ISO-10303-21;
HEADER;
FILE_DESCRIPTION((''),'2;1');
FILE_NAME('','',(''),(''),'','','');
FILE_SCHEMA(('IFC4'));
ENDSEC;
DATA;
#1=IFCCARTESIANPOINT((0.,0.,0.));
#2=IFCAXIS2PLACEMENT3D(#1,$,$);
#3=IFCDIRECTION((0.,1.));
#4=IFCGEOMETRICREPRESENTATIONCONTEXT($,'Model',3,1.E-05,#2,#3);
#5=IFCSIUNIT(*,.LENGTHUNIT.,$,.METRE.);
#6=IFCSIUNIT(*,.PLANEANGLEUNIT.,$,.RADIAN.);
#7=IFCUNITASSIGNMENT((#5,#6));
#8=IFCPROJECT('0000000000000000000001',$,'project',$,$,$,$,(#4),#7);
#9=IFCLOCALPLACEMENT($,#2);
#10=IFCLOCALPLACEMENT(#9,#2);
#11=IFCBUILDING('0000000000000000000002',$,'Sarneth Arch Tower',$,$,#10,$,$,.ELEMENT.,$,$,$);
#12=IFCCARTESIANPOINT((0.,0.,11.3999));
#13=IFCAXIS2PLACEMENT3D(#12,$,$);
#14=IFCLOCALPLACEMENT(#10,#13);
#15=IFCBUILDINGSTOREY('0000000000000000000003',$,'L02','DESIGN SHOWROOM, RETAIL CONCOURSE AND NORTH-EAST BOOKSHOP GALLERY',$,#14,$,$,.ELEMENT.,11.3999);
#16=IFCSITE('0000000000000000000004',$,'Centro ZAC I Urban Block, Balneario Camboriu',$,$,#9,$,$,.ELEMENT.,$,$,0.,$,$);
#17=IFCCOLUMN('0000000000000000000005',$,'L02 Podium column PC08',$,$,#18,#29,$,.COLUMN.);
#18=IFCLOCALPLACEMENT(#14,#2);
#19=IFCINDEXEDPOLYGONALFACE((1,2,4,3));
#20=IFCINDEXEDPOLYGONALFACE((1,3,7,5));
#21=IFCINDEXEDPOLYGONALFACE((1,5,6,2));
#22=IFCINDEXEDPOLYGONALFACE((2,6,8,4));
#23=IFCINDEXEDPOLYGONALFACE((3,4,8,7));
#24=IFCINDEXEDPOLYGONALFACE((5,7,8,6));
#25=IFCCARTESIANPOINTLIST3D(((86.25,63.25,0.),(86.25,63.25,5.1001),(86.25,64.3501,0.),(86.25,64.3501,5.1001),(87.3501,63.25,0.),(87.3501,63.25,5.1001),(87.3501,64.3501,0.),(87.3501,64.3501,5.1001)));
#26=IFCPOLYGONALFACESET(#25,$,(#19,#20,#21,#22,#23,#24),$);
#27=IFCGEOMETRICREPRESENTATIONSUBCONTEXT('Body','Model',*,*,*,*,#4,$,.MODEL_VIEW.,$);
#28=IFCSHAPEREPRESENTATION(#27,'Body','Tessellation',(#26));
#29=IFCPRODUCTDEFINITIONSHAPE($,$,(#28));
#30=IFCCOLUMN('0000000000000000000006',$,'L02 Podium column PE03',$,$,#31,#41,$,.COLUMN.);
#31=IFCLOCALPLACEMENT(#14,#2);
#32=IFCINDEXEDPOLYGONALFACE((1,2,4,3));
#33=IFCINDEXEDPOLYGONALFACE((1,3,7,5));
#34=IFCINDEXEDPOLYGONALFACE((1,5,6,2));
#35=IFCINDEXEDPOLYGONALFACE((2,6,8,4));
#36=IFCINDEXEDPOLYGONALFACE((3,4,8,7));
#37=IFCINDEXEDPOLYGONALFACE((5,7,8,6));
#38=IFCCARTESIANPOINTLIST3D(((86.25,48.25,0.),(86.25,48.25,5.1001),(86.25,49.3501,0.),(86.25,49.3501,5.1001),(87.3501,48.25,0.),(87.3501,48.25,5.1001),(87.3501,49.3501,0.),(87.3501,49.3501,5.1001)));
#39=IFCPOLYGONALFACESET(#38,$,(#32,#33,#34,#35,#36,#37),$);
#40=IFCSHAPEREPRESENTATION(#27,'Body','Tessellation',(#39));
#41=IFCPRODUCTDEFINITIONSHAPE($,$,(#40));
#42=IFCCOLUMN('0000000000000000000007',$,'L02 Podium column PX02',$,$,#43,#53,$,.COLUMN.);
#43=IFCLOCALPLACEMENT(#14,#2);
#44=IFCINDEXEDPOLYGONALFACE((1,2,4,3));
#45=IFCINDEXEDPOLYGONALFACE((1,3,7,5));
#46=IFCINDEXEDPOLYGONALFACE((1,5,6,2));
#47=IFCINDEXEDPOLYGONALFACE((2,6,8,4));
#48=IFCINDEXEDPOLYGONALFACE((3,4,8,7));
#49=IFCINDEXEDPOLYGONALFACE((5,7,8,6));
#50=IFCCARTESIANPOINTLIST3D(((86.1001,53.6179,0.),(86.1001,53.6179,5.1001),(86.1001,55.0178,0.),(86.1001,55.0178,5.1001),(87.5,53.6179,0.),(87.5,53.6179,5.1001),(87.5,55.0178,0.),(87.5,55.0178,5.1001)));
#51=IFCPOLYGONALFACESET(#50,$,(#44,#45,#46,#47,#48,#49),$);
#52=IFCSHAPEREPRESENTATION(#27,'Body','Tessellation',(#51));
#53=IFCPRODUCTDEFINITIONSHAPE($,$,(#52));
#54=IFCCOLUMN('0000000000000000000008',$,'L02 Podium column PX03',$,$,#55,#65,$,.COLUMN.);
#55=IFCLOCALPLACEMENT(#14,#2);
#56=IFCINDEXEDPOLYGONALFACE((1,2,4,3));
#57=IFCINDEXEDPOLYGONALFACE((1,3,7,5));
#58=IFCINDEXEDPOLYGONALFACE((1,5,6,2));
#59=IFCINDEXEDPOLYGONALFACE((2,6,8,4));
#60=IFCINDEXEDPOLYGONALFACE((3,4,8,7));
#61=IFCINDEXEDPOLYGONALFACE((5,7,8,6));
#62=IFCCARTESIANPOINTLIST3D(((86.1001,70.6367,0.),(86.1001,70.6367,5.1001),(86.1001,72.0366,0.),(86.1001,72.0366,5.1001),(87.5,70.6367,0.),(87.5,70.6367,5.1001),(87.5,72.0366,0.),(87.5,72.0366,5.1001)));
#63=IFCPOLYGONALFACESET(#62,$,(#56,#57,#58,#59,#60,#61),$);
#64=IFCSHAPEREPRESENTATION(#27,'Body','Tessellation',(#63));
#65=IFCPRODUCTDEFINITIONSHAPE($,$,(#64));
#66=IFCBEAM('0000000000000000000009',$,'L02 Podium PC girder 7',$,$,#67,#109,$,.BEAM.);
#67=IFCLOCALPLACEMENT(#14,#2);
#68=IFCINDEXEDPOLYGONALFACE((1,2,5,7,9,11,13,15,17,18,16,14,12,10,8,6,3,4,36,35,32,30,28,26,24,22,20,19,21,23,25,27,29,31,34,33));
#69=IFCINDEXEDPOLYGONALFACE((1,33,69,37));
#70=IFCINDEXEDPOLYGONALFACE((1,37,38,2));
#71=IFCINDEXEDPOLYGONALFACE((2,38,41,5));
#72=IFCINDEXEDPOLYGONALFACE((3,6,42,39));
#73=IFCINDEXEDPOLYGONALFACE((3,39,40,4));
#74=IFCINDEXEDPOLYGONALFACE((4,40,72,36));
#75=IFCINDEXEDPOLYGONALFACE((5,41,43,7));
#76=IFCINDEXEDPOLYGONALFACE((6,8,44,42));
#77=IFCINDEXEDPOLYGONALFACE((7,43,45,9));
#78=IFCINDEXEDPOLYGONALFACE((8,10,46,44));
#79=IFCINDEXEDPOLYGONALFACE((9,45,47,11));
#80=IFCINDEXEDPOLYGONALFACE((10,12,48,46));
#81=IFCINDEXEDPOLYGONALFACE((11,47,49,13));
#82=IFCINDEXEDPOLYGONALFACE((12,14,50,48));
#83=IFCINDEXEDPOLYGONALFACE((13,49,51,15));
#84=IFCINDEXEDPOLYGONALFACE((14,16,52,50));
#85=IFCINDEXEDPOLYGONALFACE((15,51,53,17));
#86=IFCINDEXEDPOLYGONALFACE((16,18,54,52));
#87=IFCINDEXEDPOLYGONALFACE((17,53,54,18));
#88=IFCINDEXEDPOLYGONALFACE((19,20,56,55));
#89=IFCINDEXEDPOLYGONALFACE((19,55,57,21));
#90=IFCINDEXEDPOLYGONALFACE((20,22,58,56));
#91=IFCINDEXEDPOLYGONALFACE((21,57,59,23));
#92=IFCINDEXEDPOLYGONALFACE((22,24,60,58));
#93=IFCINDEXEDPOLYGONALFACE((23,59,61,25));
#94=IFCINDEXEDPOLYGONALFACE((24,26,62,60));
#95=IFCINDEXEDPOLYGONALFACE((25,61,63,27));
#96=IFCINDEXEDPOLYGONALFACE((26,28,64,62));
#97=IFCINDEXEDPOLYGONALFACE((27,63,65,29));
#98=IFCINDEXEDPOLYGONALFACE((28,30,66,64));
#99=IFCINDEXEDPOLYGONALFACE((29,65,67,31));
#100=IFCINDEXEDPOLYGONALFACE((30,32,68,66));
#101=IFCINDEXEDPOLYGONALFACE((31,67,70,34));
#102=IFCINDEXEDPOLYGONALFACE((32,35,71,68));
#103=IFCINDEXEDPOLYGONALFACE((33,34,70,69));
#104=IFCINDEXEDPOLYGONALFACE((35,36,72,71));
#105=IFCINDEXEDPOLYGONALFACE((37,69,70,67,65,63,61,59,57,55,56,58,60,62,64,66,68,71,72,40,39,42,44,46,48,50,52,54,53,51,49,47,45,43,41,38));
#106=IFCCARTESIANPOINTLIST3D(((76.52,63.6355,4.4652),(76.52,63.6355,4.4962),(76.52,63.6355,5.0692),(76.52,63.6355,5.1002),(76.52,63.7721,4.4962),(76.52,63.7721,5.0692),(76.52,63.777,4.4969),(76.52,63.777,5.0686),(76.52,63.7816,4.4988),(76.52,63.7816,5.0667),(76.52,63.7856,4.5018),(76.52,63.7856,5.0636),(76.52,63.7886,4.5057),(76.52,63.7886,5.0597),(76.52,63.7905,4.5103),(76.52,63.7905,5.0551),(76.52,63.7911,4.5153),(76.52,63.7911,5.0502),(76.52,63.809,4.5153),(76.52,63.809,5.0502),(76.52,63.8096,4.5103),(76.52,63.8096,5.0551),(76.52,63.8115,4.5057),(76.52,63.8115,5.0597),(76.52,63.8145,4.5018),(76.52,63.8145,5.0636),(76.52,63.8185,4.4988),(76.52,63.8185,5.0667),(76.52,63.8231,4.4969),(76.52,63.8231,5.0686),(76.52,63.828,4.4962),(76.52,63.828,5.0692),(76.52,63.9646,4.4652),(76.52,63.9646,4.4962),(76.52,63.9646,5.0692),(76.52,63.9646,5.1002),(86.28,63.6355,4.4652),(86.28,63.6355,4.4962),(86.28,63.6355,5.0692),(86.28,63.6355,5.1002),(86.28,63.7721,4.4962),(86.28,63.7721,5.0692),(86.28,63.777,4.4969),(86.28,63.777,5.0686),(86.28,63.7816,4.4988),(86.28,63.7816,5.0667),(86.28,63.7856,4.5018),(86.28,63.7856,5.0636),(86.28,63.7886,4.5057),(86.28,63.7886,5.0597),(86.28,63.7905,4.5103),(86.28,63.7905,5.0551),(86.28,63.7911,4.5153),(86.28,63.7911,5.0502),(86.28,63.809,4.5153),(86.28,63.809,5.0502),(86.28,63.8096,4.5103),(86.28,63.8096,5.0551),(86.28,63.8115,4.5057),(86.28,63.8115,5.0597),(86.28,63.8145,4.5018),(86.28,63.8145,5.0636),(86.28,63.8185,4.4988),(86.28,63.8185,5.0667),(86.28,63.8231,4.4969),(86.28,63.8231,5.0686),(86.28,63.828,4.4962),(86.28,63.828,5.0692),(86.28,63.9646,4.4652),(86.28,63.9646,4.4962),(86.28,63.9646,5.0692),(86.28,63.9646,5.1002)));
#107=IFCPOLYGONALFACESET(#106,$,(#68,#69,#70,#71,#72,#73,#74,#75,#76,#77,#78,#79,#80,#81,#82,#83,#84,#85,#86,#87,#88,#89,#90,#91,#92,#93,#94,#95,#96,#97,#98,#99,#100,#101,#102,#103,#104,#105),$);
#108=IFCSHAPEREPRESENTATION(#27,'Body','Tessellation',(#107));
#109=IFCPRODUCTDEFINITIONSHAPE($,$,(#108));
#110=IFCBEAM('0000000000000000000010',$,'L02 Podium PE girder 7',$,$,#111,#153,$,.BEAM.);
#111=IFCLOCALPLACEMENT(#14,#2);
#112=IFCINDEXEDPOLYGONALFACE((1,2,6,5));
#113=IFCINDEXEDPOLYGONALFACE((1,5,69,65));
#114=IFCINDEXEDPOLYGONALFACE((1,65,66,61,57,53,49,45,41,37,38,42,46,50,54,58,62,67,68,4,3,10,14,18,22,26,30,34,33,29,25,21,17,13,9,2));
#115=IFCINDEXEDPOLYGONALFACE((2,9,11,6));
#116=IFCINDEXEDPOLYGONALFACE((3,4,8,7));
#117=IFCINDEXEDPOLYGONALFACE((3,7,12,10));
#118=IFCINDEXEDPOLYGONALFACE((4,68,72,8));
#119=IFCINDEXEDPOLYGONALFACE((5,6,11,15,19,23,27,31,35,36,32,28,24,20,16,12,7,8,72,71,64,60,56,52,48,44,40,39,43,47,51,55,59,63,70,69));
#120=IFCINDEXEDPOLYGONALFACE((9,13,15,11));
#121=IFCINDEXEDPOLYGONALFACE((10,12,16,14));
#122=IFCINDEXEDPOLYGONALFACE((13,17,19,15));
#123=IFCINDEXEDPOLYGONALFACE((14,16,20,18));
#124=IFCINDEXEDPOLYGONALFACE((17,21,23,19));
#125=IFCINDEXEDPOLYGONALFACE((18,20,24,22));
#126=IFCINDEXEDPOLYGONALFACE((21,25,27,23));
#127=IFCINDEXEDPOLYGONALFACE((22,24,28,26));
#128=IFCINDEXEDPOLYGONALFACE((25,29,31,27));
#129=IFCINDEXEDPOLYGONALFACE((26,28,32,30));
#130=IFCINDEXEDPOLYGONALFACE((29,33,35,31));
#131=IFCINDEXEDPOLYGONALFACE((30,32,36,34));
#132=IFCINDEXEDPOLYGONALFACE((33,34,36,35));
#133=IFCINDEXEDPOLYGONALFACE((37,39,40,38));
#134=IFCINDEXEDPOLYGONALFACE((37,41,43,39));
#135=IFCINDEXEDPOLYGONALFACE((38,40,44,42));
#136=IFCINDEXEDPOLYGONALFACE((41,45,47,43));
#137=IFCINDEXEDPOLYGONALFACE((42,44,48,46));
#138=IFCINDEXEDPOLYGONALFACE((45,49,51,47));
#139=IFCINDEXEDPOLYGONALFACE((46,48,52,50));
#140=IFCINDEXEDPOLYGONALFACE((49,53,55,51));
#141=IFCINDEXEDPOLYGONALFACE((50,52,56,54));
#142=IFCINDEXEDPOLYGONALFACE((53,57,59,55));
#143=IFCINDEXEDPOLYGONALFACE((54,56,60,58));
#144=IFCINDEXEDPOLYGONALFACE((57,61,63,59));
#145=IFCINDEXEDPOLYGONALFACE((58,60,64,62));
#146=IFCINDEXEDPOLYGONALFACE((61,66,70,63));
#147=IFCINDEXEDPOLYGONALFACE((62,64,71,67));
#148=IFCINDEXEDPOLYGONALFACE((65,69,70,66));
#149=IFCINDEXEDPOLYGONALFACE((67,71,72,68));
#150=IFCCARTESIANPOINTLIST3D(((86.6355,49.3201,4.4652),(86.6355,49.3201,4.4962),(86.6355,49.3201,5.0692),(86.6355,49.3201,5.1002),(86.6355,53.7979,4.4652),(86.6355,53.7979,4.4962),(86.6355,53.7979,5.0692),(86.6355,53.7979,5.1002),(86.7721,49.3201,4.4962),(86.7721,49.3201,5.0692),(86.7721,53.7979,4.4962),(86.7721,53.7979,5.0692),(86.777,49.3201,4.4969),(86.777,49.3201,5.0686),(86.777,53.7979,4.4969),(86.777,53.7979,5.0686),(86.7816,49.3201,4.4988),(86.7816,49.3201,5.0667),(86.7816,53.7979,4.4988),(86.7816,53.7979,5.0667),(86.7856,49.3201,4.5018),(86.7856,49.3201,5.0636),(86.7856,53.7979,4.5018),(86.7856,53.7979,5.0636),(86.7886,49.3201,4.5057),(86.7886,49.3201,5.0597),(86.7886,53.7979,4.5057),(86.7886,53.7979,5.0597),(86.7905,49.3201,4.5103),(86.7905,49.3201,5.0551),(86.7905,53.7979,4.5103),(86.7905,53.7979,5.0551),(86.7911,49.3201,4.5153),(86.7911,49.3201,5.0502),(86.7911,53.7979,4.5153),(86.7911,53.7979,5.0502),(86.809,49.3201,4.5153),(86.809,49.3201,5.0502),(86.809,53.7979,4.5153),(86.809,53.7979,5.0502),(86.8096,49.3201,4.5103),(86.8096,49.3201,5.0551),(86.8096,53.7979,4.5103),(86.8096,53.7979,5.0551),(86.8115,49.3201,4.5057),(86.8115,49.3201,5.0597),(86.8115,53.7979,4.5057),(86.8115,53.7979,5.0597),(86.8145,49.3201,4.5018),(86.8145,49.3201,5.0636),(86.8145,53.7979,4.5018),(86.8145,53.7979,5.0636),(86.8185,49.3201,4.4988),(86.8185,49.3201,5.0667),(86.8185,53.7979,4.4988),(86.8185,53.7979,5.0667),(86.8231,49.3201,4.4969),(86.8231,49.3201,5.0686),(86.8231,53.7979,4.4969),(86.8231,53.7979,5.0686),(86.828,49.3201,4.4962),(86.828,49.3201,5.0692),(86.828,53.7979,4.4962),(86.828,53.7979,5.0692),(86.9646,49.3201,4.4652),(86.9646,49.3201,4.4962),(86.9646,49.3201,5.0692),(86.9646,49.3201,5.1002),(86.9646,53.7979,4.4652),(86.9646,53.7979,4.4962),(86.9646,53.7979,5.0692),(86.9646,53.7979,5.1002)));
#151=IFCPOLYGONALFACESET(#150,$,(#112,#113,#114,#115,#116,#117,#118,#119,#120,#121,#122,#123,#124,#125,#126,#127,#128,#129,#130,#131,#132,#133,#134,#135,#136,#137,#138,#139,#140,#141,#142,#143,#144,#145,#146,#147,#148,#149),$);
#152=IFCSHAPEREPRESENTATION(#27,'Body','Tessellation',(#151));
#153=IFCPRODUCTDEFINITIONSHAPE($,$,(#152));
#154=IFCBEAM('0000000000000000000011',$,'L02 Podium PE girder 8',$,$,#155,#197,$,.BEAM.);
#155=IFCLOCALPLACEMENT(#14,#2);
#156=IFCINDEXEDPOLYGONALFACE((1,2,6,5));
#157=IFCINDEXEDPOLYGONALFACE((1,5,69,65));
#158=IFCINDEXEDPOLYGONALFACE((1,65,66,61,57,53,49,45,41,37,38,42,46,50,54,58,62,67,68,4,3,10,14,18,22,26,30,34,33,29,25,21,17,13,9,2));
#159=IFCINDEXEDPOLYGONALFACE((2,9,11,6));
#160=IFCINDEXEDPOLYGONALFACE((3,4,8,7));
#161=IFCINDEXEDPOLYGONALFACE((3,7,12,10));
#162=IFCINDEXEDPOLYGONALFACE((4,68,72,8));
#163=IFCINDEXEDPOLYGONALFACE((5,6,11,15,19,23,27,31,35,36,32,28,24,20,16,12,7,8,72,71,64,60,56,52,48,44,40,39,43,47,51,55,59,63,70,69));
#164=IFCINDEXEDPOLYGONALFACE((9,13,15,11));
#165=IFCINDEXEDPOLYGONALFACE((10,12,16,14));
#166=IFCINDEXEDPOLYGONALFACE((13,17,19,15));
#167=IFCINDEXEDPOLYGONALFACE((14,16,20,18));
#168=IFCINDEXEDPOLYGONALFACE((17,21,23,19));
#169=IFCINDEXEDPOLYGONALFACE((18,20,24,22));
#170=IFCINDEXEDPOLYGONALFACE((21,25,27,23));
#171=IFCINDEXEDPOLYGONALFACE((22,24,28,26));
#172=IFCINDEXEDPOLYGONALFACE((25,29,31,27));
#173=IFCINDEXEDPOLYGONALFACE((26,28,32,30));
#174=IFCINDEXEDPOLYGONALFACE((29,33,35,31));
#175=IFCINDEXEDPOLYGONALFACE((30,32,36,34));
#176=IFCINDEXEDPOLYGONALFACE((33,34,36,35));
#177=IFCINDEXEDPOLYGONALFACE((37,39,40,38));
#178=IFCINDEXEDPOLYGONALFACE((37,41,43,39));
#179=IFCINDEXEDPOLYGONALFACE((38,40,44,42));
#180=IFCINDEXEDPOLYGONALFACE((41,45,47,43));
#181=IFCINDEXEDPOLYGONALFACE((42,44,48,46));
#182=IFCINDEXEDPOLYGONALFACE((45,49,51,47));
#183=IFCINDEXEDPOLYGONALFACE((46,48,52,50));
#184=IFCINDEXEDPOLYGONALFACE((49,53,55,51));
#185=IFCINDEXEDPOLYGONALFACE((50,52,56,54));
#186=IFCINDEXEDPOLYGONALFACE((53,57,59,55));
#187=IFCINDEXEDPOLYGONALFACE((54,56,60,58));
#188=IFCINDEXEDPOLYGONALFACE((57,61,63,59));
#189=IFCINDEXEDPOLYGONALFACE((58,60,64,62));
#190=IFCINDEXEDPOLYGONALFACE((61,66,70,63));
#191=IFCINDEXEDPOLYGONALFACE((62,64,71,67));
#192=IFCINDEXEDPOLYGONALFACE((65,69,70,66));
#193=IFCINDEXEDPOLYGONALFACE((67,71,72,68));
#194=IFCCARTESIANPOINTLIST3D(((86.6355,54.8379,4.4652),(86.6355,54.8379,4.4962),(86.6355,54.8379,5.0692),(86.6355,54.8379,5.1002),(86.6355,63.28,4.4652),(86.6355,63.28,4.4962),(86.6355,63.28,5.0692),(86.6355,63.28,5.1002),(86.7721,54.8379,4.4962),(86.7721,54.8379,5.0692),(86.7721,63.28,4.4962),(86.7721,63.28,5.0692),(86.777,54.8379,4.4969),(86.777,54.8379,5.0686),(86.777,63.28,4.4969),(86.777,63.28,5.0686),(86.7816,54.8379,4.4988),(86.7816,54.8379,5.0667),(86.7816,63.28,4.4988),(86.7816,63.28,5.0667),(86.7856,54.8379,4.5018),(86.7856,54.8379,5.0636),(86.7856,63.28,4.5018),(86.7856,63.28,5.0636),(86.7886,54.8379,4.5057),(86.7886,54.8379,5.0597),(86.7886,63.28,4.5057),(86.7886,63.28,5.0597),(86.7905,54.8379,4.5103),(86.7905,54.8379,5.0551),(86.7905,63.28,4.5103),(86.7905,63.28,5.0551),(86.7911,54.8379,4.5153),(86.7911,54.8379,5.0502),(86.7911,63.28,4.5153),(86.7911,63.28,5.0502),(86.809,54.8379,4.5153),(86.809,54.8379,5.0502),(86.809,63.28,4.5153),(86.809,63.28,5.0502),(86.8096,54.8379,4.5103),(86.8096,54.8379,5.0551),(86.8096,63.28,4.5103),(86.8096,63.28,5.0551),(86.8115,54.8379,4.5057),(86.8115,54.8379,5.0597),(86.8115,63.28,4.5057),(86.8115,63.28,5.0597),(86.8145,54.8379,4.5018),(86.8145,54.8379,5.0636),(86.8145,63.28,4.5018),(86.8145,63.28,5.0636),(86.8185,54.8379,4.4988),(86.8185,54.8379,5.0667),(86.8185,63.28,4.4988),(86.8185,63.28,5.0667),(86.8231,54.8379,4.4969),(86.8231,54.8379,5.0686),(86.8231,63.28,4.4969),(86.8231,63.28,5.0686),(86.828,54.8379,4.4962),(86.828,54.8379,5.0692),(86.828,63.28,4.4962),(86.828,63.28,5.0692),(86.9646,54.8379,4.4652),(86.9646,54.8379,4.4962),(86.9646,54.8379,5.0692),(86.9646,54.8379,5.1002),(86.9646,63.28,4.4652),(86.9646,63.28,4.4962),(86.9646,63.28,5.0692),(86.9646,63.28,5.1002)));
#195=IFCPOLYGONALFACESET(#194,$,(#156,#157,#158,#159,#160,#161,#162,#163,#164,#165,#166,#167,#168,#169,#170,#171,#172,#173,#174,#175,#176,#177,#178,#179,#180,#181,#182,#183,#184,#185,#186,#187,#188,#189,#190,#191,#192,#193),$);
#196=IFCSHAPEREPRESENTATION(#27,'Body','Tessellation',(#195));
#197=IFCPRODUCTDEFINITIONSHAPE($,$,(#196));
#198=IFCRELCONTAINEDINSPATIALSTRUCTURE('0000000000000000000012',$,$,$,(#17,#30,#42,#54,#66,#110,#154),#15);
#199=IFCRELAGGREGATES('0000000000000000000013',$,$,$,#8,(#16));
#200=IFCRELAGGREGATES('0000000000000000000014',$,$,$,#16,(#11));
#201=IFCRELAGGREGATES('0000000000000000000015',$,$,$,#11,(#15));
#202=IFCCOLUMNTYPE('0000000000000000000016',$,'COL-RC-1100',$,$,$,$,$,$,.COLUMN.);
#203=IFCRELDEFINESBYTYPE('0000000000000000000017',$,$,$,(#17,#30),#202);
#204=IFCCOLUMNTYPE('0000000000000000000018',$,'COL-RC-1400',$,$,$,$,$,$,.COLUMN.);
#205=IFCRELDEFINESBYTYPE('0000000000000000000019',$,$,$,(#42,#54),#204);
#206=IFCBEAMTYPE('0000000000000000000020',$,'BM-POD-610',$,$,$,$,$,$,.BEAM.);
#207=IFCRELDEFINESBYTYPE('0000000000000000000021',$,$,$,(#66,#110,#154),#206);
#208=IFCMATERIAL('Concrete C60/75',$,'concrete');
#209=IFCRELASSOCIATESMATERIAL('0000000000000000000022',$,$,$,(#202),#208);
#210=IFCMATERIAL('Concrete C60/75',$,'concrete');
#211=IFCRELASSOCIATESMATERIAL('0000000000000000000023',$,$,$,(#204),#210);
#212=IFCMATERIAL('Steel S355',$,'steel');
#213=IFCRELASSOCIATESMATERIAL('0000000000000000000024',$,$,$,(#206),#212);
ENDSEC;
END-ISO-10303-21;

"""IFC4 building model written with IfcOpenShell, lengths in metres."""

from ifc_helpers import new_model, si_unit, direction, frame, origin, origin_2d, place, context, subcontext, project, spatial, rectangle, i_section, extrude, material, material_profile, profile_set, type_object, element, save


model = new_model("IFC4")

# Units and contexts
model_context = context("Model", 3, precision=1e-05, world=origin(), true_north=direction((0.0, 1.0)))
body_context = subcontext(model_context, "Body", "Model", "MODEL_VIEW")
ifc_project = project(units=[si_unit("LENGTHUNIT", "METRE"), si_unit("PLANEANGLEUNIT", "RADIAN")], contexts=[model_context])

# Site, building, storey
site_placement = place(None, origin())
site = spatial("IfcSite", under=ifc_project, at=site_placement, Name="Centro ZAC I Urban Block, Balneario Camboriu", CompositionType="ELEMENT", RefElevation=0.0)
building_placement = place(site_placement, origin())
building = spatial("IfcBuilding", under=site, at=building_placement, Name="Sarneth Arch Tower", CompositionType="ELEMENT")
storey_placement = place(building_placement, frame((0.0, 0.0, 11.3999)))
storey = spatial("IfcBuildingStorey", under=building, at=storey_placement, Name="L02", Description="DESIGN SHOWROOM, RETAIL CONCOURSE AND NORTH-EAST BOOKSHOP GALLERY", CompositionType="ELEMENT", Elevation=11.3999)

# Columns
ifc_material_1 = material(Name="Concrete C60/75", Category="concrete")
ifc_material_profile_1 = material_profile(ifc_material_1, rectangle(XDim=1.1001, YDim=1.1001, at=origin_2d()), Name="RC-1100x1100")
ifc_profile_set_1 = profile_set([ifc_material_profile_1], Name="Concrete C60/75")
column_type_1 = type_object("IfcColumnType", Name="COL-RC-1100", PredefinedType="COLUMN", material=ifc_profile_set_1)
for number, where, z_axis, x_axis, name in (
    (1, (86.8, 63.8, 0.0), (0.0, 0.0, 1.0), (1.0, 0.0, 0.0), "L02 Podium column PC08"),
    (2, (86.8, 48.8, 0.0), (0.0, 0.0, 1.0), (1.0, 0.0, 0.0), "L02 Podium column PE03"),
):
    element("IfcColumn", number, at=place(storey_placement, frame(where, z_axis=z_axis, x_axis=x_axis)), inside=storey, type_object=column_type_1, Name=name, PredefinedType="COLUMN", context=body_context, shape_type="SweptSolid", body=[
        extrude(rectangle(XDim=1.1001, YDim=1.1001, at=origin_2d()), origin(), (0.0, 0.0, 1.0), 5.1001),
    ])
ifc_material_2 = material(Name="Concrete C60/75", Category="concrete")
ifc_material_profile_2 = material_profile(ifc_material_2, rectangle(XDim=1.3999, YDim=1.3999, at=origin_2d()), Name="RC-1400x1400")
ifc_profile_set_2 = profile_set([ifc_material_profile_2], Name="Concrete C60/75")
column_type_2 = type_object("IfcColumnType", Name="COL-RC-1400", PredefinedType="COLUMN", material=ifc_profile_set_2)
for number, where, z_axis, x_axis, name in (
    (3, (86.8, 54.3179, 0.0), (0.0, 0.0, 1.0), (1.0, 0.0, 0.0), "L02 Podium column PX02"),
    (4, (86.8, 71.3367, 0.0), (0.0, 0.0, 1.0), (1.0, 0.0, 0.0), "L02 Podium column PX03"),
):
    element("IfcColumn", number, at=place(storey_placement, frame(where, z_axis=z_axis, x_axis=x_axis)), inside=storey, type_object=column_type_2, Name=name, PredefinedType="COLUMN", context=body_context, shape_type="SweptSolid", body=[
        extrude(rectangle(XDim=1.3999, YDim=1.3999, at=origin_2d()), origin(), (0.0, 0.0, 1.0), 5.1001),
    ])

# Beams
ifc_material_3 = material(Name="Steel S355", Category="steel")
ifc_material_profile_3 = material_profile(ifc_material_3, i_section(OverallWidth=0.3291, OverallDepth=0.635, WebThickness=0.0178, FlangeThickness=0.031, FilletRadius=0.019, at=origin_2d()), Name="W610x241")
ifc_profile_set_3 = profile_set([ifc_material_profile_3], Name="Steel S355")
beam_type = type_object("IfcBeamType", Name="BM-POD-610", PredefinedType="BEAM", material=ifc_profile_set_3)
beam_1_placement = place(storey_placement, frame((76.52, 63.8, 4.7827), z_axis=(1.0, 0.0, 0.0), x_axis=(0.0, 1.0, 0.0)))
element("IfcBeam", 5, at=beam_1_placement, inside=storey, type_object=beam_type, Name="L02 Podium PC girder 7", PredefinedType="BEAM", context=body_context, shape_type="SweptSolid", body=[
    extrude(i_section(OverallWidth=0.3291, OverallDepth=0.635, WebThickness=0.0178, FlangeThickness=0.031, FilletRadius=0.019, at=origin_2d()), origin(), (0.0, 0.0, 1.0), 9.76),
])
beam_2_placement = place(storey_placement, frame((86.8, 49.3201, 4.7827), z_axis=(0.0, 1.0, 0.0), x_axis=(-1.0, 0.0, 0.0)))
element("IfcBeam", 6, at=beam_2_placement, inside=storey, type_object=beam_type, Name="L02 Podium PE girder 7", PredefinedType="BEAM", context=body_context, shape_type="SweptSolid", body=[
    extrude(i_section(OverallWidth=0.3291, OverallDepth=0.635, WebThickness=0.0178, FlangeThickness=0.031, FilletRadius=0.019, at=origin_2d()), origin(), (0.0, 0.0, 1.0), 4.4778),
])
beam_3_placement = place(storey_placement, frame((86.8, 54.8379, 4.7827), z_axis=(0.0, 1.0, 0.0), x_axis=(-1.0, 0.0, 0.0)))
element("IfcBeam", 7, at=beam_3_placement, inside=storey, type_object=beam_type, Name="L02 Podium PE girder 8", PredefinedType="BEAM", context=body_context, shape_type="SweptSolid", body=[
    extrude(i_section(OverallWidth=0.3291, OverallDepth=0.635, WebThickness=0.0178, FlangeThickness=0.031, FilletRadius=0.019, at=origin_2d()), origin(), (0.0, 0.0, 1.0), 8.4421),
])

save(model, "model.ifc")
